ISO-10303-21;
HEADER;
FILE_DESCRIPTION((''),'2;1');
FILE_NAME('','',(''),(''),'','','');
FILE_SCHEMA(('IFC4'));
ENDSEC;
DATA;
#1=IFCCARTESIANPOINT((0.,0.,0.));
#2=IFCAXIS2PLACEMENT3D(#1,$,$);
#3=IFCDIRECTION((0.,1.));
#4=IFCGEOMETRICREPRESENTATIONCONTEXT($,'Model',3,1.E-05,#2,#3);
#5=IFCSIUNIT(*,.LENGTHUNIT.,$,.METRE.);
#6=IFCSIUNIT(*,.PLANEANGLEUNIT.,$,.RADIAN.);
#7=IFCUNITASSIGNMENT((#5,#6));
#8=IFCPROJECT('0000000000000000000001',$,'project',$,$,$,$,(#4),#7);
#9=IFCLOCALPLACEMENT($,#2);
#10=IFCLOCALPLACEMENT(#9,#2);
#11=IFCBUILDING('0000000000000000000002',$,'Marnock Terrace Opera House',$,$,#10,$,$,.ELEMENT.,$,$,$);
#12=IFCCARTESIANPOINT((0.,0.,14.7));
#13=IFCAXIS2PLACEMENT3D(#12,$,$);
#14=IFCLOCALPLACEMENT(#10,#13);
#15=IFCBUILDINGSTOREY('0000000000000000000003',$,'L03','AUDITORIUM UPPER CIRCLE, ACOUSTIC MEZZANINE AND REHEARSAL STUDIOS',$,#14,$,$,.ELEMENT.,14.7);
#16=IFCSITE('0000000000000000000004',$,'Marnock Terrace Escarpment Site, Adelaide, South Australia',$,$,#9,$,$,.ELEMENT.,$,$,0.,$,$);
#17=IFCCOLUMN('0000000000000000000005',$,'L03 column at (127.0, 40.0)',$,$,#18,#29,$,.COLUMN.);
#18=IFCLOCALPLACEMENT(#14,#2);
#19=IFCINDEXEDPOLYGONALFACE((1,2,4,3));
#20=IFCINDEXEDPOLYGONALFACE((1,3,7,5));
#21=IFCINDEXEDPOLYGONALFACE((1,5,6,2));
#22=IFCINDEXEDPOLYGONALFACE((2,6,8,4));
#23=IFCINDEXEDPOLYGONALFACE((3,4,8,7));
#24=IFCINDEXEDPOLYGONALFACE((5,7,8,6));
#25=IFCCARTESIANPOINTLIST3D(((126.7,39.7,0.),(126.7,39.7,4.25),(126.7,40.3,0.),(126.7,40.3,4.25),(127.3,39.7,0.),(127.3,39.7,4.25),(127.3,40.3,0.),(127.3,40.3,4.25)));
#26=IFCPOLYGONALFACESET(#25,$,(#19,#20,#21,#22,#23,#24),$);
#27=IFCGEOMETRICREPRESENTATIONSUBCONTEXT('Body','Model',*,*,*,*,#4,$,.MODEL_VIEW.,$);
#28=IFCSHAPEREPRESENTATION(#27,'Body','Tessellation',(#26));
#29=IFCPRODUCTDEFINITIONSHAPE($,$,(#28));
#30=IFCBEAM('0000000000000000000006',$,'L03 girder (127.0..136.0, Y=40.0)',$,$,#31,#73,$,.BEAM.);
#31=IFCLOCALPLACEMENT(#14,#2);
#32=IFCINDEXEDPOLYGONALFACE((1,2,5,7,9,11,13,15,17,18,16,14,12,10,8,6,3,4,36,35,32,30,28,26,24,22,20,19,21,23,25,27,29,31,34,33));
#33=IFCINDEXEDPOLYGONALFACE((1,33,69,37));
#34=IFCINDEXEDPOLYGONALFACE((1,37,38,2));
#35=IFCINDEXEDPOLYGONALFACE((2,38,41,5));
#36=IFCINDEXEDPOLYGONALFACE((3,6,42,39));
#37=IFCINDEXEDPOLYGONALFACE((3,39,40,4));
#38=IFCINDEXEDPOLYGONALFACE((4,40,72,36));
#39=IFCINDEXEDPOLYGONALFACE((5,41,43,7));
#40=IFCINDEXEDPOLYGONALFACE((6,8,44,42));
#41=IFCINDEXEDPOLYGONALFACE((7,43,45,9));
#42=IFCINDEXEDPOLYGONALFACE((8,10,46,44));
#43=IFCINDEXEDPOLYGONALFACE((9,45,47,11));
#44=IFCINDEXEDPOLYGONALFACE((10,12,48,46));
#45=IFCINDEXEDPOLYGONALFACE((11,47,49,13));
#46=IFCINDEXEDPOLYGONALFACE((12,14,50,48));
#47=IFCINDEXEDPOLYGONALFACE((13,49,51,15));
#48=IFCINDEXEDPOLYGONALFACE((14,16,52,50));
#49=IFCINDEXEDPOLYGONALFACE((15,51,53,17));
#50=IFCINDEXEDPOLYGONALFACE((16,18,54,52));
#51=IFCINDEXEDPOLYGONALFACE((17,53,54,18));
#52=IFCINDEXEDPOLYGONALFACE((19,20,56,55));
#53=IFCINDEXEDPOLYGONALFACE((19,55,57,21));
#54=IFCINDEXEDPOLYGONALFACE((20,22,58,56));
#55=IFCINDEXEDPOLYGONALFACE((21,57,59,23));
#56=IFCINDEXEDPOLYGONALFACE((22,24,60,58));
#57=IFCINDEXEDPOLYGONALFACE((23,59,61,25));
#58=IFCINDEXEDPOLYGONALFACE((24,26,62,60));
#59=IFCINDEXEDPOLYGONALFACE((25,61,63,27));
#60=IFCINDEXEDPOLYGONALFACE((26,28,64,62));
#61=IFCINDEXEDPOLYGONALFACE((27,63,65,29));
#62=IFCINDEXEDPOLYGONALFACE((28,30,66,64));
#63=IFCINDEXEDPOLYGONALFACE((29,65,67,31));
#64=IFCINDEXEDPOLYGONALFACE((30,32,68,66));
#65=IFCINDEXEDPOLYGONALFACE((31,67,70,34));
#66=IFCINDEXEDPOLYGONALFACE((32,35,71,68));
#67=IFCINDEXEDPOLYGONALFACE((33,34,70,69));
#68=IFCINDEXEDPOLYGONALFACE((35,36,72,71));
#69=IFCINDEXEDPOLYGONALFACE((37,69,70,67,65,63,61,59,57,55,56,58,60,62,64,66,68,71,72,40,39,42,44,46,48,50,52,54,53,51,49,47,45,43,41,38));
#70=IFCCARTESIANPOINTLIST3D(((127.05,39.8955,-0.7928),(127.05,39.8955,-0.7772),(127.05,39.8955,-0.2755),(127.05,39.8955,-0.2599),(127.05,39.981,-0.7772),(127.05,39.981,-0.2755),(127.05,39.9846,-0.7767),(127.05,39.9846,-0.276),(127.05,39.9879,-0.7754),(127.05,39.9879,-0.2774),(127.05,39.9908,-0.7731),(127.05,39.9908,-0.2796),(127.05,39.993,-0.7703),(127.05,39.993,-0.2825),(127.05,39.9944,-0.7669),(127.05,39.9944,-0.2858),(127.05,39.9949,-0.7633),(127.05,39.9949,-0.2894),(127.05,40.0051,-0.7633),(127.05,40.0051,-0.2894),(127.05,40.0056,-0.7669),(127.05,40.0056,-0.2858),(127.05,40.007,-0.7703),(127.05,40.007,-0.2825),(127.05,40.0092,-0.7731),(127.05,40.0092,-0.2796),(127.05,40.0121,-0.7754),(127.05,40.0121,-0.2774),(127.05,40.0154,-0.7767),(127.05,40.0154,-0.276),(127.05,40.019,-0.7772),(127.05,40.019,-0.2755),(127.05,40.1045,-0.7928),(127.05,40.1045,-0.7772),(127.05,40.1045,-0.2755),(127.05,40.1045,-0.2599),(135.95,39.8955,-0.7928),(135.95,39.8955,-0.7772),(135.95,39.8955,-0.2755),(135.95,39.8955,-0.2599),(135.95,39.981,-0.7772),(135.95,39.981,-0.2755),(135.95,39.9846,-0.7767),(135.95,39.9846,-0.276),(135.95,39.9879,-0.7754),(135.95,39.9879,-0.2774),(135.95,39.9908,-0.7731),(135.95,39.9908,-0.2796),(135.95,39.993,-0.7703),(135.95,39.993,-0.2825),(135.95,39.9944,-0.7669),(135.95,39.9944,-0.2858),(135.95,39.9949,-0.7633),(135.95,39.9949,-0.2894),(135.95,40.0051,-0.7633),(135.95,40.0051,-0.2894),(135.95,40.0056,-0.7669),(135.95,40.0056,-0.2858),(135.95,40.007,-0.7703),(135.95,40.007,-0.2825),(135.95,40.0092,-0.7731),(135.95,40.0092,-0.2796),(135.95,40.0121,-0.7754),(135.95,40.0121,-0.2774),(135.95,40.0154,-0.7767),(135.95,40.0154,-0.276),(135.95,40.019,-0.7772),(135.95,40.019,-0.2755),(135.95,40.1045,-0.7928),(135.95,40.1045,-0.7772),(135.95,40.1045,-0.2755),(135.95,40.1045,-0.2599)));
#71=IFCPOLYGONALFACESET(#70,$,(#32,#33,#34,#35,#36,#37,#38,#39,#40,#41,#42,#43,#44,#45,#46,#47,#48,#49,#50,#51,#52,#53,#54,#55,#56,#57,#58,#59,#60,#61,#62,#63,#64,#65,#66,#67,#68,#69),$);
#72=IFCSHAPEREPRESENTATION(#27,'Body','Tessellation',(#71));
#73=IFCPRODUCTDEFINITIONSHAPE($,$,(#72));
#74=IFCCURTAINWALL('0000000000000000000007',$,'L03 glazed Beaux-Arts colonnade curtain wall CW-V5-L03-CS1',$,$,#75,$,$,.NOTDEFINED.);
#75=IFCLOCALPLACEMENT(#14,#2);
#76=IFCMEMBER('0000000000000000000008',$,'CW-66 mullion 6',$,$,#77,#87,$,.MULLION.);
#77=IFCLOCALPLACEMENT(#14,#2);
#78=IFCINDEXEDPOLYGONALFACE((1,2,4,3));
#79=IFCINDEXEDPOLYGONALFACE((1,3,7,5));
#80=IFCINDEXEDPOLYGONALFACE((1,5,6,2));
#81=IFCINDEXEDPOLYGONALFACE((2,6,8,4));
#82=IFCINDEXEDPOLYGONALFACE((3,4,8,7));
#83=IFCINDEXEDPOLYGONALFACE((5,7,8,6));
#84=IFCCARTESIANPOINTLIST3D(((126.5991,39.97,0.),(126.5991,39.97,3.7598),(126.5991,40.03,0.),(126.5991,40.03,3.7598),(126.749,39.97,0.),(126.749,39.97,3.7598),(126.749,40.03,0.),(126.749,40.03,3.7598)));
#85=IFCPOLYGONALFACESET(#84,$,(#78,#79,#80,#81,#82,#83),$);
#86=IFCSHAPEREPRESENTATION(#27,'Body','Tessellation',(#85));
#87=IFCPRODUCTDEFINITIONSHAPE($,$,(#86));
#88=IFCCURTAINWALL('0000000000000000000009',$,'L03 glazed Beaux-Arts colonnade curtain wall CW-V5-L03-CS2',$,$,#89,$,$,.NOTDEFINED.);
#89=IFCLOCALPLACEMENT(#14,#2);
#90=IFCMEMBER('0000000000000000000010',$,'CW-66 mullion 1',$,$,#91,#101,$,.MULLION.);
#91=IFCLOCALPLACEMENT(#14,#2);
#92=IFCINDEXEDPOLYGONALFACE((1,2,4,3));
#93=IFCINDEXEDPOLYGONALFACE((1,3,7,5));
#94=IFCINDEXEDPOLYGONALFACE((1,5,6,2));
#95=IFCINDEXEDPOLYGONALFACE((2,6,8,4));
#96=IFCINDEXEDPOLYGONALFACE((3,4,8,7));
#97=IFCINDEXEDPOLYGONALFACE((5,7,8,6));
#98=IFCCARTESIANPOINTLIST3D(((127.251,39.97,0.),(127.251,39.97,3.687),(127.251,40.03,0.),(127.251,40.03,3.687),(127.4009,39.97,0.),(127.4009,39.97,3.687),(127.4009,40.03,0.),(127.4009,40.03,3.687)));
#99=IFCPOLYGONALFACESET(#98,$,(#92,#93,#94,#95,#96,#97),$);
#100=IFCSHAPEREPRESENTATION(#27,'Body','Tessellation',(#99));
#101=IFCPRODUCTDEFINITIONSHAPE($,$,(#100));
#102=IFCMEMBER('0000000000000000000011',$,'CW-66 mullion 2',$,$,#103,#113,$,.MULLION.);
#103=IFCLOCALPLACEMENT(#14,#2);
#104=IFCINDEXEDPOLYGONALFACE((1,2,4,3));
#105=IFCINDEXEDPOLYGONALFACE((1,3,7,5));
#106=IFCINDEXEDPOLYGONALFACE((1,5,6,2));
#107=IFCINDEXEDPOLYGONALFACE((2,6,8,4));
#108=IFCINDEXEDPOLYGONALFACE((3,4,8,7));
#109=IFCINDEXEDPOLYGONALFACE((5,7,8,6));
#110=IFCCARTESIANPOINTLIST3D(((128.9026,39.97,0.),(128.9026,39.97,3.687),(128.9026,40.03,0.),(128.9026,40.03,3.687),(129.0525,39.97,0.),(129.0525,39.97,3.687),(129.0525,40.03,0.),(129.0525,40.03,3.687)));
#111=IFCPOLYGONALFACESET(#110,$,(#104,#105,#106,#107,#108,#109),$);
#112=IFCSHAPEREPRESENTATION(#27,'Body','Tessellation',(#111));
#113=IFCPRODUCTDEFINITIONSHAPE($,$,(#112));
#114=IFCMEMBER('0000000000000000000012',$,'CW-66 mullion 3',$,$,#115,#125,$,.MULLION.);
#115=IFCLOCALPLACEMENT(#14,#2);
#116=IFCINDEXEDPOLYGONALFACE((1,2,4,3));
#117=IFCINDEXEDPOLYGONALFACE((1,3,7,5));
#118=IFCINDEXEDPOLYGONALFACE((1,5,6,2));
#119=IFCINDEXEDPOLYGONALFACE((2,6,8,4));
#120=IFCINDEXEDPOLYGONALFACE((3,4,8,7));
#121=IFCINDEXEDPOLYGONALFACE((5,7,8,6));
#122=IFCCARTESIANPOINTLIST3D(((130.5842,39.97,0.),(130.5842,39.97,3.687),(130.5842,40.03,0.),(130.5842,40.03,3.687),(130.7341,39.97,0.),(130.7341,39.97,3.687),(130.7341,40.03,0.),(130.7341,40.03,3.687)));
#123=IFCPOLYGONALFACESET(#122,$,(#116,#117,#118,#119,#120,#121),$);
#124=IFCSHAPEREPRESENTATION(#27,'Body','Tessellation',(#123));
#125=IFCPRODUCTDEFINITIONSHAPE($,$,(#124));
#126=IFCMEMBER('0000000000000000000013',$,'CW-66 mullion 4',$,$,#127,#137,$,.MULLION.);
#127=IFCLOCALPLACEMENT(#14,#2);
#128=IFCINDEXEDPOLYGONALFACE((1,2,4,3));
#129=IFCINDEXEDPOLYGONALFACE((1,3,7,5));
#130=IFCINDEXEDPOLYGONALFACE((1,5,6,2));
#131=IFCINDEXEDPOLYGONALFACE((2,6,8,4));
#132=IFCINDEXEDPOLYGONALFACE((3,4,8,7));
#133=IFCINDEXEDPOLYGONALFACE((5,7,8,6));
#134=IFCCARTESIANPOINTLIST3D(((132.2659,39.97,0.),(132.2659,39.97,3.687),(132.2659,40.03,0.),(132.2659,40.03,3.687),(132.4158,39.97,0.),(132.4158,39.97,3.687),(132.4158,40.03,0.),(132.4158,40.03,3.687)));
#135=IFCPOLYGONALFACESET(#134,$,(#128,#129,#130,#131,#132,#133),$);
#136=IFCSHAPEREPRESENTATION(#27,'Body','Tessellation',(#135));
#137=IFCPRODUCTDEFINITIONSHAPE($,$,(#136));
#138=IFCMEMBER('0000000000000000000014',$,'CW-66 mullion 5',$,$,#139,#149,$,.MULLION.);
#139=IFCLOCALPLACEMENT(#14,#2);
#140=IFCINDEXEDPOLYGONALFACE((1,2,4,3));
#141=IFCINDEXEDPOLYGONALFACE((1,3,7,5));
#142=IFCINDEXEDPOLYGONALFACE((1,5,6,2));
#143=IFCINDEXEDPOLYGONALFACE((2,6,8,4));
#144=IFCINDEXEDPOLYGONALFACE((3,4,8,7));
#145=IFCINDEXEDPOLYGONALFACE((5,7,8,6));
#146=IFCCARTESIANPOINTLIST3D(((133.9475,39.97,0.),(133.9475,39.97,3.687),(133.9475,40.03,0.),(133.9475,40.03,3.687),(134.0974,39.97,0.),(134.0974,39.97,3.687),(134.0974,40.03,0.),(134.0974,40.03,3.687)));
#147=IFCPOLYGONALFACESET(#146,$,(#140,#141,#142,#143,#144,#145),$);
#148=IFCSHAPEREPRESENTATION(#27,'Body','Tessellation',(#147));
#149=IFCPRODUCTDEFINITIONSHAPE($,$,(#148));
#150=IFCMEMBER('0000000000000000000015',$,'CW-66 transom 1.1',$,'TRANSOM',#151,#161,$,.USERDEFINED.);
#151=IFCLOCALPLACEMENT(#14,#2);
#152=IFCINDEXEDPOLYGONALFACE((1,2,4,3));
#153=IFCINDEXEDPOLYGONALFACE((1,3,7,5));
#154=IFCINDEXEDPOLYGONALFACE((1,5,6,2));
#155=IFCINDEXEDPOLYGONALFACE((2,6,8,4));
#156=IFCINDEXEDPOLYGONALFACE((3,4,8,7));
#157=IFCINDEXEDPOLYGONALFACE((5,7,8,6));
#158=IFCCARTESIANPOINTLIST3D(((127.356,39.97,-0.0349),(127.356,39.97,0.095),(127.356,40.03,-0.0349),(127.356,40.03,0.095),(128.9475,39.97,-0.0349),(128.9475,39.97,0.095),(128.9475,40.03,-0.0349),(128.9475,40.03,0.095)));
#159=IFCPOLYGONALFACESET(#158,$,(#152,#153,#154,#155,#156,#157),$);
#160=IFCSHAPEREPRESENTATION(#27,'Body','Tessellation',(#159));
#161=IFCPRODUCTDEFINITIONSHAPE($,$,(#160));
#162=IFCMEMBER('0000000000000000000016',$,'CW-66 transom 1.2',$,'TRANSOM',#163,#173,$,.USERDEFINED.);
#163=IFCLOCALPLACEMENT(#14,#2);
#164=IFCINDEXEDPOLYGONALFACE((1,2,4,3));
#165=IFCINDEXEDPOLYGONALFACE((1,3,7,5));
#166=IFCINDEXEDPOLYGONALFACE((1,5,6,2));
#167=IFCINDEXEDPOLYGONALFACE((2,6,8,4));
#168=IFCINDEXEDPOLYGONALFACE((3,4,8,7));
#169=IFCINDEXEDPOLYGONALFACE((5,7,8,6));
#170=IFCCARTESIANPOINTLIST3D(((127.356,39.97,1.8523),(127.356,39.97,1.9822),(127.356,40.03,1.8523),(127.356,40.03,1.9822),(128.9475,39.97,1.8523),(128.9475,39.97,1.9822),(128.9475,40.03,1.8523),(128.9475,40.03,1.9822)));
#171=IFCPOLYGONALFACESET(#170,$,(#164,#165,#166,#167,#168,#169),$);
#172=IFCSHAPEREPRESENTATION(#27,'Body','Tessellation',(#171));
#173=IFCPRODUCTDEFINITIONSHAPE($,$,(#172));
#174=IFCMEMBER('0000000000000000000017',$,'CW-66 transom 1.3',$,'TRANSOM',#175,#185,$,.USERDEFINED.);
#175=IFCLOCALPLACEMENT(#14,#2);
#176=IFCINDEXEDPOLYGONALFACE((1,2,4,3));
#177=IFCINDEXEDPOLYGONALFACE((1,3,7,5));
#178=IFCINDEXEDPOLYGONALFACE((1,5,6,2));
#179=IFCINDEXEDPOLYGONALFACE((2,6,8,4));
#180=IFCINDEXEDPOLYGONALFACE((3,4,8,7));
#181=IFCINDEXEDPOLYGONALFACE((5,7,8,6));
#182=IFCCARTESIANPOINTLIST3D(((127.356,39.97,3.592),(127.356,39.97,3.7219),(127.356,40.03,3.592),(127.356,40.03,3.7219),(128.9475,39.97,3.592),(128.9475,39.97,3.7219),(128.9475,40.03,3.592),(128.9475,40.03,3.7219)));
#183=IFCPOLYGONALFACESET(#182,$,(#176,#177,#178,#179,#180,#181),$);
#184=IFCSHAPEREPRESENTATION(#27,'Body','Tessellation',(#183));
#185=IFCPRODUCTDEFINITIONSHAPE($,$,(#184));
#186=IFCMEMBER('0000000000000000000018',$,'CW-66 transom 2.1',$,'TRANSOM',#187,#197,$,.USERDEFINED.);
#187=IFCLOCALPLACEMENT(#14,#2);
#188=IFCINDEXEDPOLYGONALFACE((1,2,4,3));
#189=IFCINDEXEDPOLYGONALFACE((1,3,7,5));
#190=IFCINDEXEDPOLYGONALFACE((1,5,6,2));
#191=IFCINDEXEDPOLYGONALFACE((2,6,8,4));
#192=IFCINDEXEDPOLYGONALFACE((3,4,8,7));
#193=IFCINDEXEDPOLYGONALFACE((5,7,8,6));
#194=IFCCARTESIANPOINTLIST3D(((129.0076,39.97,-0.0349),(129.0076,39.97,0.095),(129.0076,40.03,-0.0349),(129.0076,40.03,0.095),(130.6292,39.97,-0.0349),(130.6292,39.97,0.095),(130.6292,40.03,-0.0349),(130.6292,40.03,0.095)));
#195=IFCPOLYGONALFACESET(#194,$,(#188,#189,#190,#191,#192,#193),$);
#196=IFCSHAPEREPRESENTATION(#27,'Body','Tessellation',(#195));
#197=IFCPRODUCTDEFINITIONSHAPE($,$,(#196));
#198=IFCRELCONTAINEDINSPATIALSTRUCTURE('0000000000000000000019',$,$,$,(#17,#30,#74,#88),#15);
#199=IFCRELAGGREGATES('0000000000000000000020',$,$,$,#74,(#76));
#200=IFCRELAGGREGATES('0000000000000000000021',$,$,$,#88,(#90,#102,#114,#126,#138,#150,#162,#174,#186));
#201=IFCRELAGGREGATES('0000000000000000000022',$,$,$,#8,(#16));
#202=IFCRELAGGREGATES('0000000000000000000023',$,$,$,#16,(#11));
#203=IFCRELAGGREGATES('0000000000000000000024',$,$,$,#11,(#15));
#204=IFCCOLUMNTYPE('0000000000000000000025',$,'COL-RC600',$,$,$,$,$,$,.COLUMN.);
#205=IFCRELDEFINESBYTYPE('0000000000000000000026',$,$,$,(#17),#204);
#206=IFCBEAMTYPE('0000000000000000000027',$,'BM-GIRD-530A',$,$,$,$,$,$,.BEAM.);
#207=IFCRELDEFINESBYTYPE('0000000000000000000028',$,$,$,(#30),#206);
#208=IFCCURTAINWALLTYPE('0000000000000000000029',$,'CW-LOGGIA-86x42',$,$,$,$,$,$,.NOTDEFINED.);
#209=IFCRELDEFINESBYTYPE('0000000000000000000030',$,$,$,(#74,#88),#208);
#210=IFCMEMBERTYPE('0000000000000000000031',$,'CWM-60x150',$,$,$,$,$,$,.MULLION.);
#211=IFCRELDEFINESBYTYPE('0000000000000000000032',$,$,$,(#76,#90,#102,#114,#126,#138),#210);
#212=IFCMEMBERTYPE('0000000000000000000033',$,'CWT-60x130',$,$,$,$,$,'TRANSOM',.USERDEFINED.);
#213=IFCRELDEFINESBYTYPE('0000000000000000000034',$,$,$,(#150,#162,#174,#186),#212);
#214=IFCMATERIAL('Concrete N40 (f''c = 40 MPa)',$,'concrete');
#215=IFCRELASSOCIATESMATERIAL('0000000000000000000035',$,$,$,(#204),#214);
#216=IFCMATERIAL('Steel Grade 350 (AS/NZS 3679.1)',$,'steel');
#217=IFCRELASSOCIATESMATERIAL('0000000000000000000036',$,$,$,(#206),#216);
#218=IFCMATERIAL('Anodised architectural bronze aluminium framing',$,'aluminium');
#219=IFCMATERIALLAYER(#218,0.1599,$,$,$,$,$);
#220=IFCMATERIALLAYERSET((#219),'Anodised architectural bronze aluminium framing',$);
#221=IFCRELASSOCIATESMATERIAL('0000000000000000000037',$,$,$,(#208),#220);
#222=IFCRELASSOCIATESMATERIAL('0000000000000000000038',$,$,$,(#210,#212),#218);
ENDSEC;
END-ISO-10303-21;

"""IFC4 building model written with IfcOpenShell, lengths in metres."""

from ifc_helpers import new_model, si_unit, direction, frame, origin, origin_2d, place, context, subcontext, project, spatial, rectangle, i_section, extrude, material, layer, layer_set, material_profile, profile_set, type_object, element, aggregate, save


model = new_model("IFC4")

# Units and contexts
model_context = context("Model", 3, precision=1e-05, world=origin(), true_north=direction((0.0, 1.0)))
body_context = subcontext(model_context, "Body", "Model", "MODEL_VIEW")
ifc_project = project(units=[si_unit("LENGTHUNIT", "METRE"), si_unit("PLANEANGLEUNIT", "RADIAN")], contexts=[model_context])

# Site, building, storey
site_placement = place(None, origin())
site = spatial("IfcSite", under=ifc_project, at=site_placement, Name="Marnock Terrace Escarpment Site, Adelaide, South Australia", CompositionType="ELEMENT", RefElevation=0.0)
building_placement = place(site_placement, origin())
building = spatial("IfcBuilding", under=site, at=building_placement, Name="Marnock Terrace Opera House", CompositionType="ELEMENT")
storey_placement = place(building_placement, frame((0.0, 0.0, 14.7)))
storey = spatial("IfcBuildingStorey", under=building, at=storey_placement, Name="L03", Description="AUDITORIUM UPPER CIRCLE, ACOUSTIC MEZZANINE AND REHEARSAL STUDIOS", CompositionType="ELEMENT", Elevation=14.7)

# Column
ifc_material_1 = material(Name="Concrete N40 (f'c = 40 MPa)", Category="concrete")
ifc_material_profile_1 = material_profile(ifc_material_1, rectangle(XDim=0.6001, YDim=0.6001, at=origin_2d()))
ifc_profile_set_1 = profile_set([ifc_material_profile_1], Name="Concrete N40 (f'c = 40 MPa)")
column_type = type_object("IfcColumnType", Name="COL-RC600", PredefinedType="COLUMN", material=ifc_profile_set_1)
column_placement = place(storey_placement, frame((127.0, 40.0, 0.0), z_axis=(0.0, 0.0, 1.0), x_axis=(1.0, 0.0, 0.0)))
element("IfcColumn", 1, at=column_placement, inside=storey, type_object=column_type, Name="L03 column at (127.0, 40.0)", PredefinedType="COLUMN", context=body_context, shape_type="SweptSolid", body=[
    extrude(rectangle(XDim=0.6001, YDim=0.6001, at=origin_2d()), origin(), (0.0, 0.0, 1.0), 4.25),
])

# Beam
ifc_material_2 = material(Name="Steel Grade 350 (AS/NZS 3679.1)", Category="steel")
ifc_material_profile_2 = material_profile(ifc_material_2, i_section(OverallWidth=0.209, OverallDepth=0.533, WebThickness=0.0103, FlangeThickness=0.0156, FilletRadius=0.0139, at=origin_2d()))
ifc_profile_set_2 = profile_set([ifc_material_profile_2], Name="Steel Grade 350 (AS/NZS 3679.1)")
beam_type = type_object("IfcBeamType", Name="BM-GIRD-530A", PredefinedType="BEAM", material=ifc_profile_set_2)
beam_placement = place(storey_placement, frame((127.05, 40.0, -0.5264), z_axis=(1.0, 0.0, 0.0), x_axis=(0.0, 1.0, 0.0)))
element("IfcBeam", 2, at=beam_placement, inside=storey, type_object=beam_type, Name="L03 girder (127.0..136.0, Y=40.0)", PredefinedType="BEAM", context=body_context, shape_type="SweptSolid", body=[
    extrude(i_section(OverallWidth=0.209, OverallDepth=0.533, WebThickness=0.0103, FlangeThickness=0.0156, FilletRadius=0.0139, at=origin_2d()), origin(), (0.0, 0.0, 1.0), 8.8999),
])

# Curtain wall, member
ifc_material_3 = material(Name="Anodised architectural bronze aluminium framing", Category="aluminium")
ifc_layer_1 = layer(ifc_material_3, 0.1599)
ifc_layer_set_1 = layer_set([ifc_layer_1], Name="Anodised architectural bronze aluminium framing")
curtain_wall_type = type_object("IfcCurtainWallType", Name="CW-LOGGIA-86x42", PredefinedType="NOTDEFINED", material=ifc_layer_set_1)
curtain_wall_1_placement = place(storey_placement, origin())
curtain_wall_1 = element("IfcCurtainWall", 3, at=curtain_wall_1_placement, inside=storey, type_object=curtain_wall_type, Name="L03 glazed Beaux-Arts colonnade curtain wall CW-V5-L03-CS1", PredefinedType="NOTDEFINED")
ifc_material_profile_3 = material_profile(ifc_material_3, rectangle(XDim=0.0601, YDim=0.1499, at=origin_2d()))
ifc_profile_set_3 = profile_set([ifc_material_profile_3], Name="Anodised architectural bronze aluminium framing")
member_type_1 = type_object("IfcMemberType", Name="CWM-60x150", PredefinedType="MULLION", material=ifc_profile_set_3)
member_1_placement = place(storey_placement, frame((126.6741, 40.0, 0.0), z_axis=(0.0, 0.0, 1.0), x_axis=(0.0, 1.0, 0.0)))
member_1 = element("IfcMember", 4, at=member_1_placement, type_object=member_type_1, Name="CW-66 mullion 6", PredefinedType="MULLION", context=body_context, shape_type="SweptSolid", body=[
    extrude(rectangle(XDim=0.0601, YDim=0.1499, at=origin_2d()), origin(), (0.0, 0.0, 1.0), 3.7598),
])

# Curtain wall, members
curtain_wall_2_placement = place(storey_placement, origin())
curtain_wall_2 = element("IfcCurtainWall", 5, at=curtain_wall_2_placement, inside=storey, type_object=curtain_wall_type, Name="L03 glazed Beaux-Arts colonnade curtain wall CW-V5-L03-CS2", PredefinedType="NOTDEFINED")
member_2_placement = place(storey_placement, frame((127.3259, 40.0, 0.0), z_axis=(0.0, 0.0, 1.0), x_axis=(0.0, 1.0, 0.0)))
member_2 = element("IfcMember", 6, at=member_2_placement, type_object=member_type_1, Name="CW-66 mullion 1", PredefinedType="MULLION", context=body_context, shape_type="SweptSolid", body=[
    extrude(rectangle(XDim=0.0601, YDim=0.1499, at=origin_2d()), origin(), (0.0, 0.0, 1.0), 3.687),
])
member_3_placement = place(storey_placement, frame((128.9775, 40.0, 0.0), z_axis=(0.0, 0.0, 1.0), x_axis=(0.0, 1.0, 0.0)))
member_3 = element("IfcMember", 7, at=member_3_placement, type_object=member_type_1, Name="CW-66 mullion 2", PredefinedType="MULLION", context=body_context, shape_type="SweptSolid", body=[
    extrude(rectangle(XDim=0.0601, YDim=0.1499, at=origin_2d()), origin(), (0.0, 0.0, 1.0), 3.687),
])
member_4_placement = place(storey_placement, frame((130.6592, 40.0, 0.0), z_axis=(0.0, 0.0, 1.0), x_axis=(0.0, 1.0, 0.0)))
member_4 = element("IfcMember", 8, at=member_4_placement, type_object=member_type_1, Name="CW-66 mullion 3", PredefinedType="MULLION", context=body_context, shape_type="SweptSolid", body=[
    extrude(rectangle(XDim=0.0601, YDim=0.1499, at=origin_2d()), origin(), (0.0, 0.0, 1.0), 3.687),
])
member_5_placement = place(storey_placement, frame((132.3408, 40.0, 0.0), z_axis=(0.0, 0.0, 1.0), x_axis=(0.0, 1.0, 0.0)))
member_5 = element("IfcMember", 9, at=member_5_placement, type_object=member_type_1, Name="CW-66 mullion 4", PredefinedType="MULLION", context=body_context, shape_type="SweptSolid", body=[
    extrude(rectangle(XDim=0.0601, YDim=0.1499, at=origin_2d()), origin(), (0.0, 0.0, 1.0), 3.687),
])
member_6_placement = place(storey_placement, frame((134.0225, 40.0, 0.0), z_axis=(0.0, 0.0, 1.0), x_axis=(0.0, 1.0, 0.0)))
member_6 = element("IfcMember", 10, at=member_6_placement, type_object=member_type_1, Name="CW-66 mullion 5", PredefinedType="MULLION", context=body_context, shape_type="SweptSolid", body=[
    extrude(rectangle(XDim=0.0601, YDim=0.1499, at=origin_2d()), origin(), (0.0, 0.0, 1.0), 3.687),
])
ifc_material_profile_4 = material_profile(ifc_material_3, rectangle(XDim=0.0601, YDim=0.1299, at=origin_2d()))
ifc_profile_set_4 = profile_set([ifc_material_profile_4], Name="Anodised architectural bronze aluminium framing")
member_type_2 = type_object("IfcMemberType", Name="CWT-60x130", ElementType="TRANSOM", PredefinedType="USERDEFINED", material=ifc_profile_set_4)
member_7_placement = place(storey_placement, frame((127.356, 40.0, 0.03), z_axis=(1.0, 0.0, 0.0), x_axis=(0.0, 1.0, 0.0)))
member_7 = element("IfcMember", 11, at=member_7_placement, type_object=member_type_2, Name="CW-66 transom 1.1", ObjectType="TRANSOM", PredefinedType="USERDEFINED", context=body_context, shape_type="SweptSolid", body=[
    extrude(rectangle(XDim=0.0601, YDim=0.1299, at=origin_2d()), origin(), (0.0, 0.0, 1.0), 1.5916),
])
member_8_placement = place(storey_placement, frame((127.356, 40.0, 1.9172), z_axis=(1.0, 0.0, 0.0), x_axis=(0.0, 1.0, 0.0)))
member_8 = element("IfcMember", 12, at=member_8_placement, type_object=member_type_2, Name="CW-66 transom 1.2", ObjectType="TRANSOM", PredefinedType="USERDEFINED", context=body_context, shape_type="SweptSolid", body=[
    extrude(rectangle(XDim=0.0601, YDim=0.1299, at=origin_2d()), origin(), (0.0, 0.0, 1.0), 1.5916),
])
member_9_placement = place(storey_placement, frame((127.356, 40.0, 3.657), z_axis=(1.0, 0.0, 0.0), x_axis=(0.0, 1.0, 0.0)))
member_9 = element("IfcMember", 13, at=member_9_placement, type_object=member_type_2, Name="CW-66 transom 1.3", ObjectType="TRANSOM", PredefinedType="USERDEFINED", context=body_context, shape_type="SweptSolid", body=[
    extrude(rectangle(XDim=0.0601, YDim=0.1299, at=origin_2d()), origin(), (0.0, 0.0, 1.0), 1.5916),
])
member_10_placement = place(storey_placement, frame((129.0076, 40.0, 0.03), z_axis=(1.0, 0.0, 0.0), x_axis=(0.0, 1.0, 0.0)))
member_10 = element("IfcMember", 14, at=member_10_placement, type_object=member_type_2, Name="CW-66 transom 2.1", ObjectType="TRANSOM", PredefinedType="USERDEFINED", context=body_context, shape_type="SweptSolid", body=[
    extrude(rectangle(XDim=0.0601, YDim=0.1299, at=origin_2d()), origin(), (0.0, 0.0, 1.0), 1.6216),
])

aggregate(curtain_wall_1, [member_1])
aggregate(curtain_wall_2, [member_2, member_3, member_4, member_5, member_6, member_7, member_8, member_9, member_10])

save(model, "model.ifc")
